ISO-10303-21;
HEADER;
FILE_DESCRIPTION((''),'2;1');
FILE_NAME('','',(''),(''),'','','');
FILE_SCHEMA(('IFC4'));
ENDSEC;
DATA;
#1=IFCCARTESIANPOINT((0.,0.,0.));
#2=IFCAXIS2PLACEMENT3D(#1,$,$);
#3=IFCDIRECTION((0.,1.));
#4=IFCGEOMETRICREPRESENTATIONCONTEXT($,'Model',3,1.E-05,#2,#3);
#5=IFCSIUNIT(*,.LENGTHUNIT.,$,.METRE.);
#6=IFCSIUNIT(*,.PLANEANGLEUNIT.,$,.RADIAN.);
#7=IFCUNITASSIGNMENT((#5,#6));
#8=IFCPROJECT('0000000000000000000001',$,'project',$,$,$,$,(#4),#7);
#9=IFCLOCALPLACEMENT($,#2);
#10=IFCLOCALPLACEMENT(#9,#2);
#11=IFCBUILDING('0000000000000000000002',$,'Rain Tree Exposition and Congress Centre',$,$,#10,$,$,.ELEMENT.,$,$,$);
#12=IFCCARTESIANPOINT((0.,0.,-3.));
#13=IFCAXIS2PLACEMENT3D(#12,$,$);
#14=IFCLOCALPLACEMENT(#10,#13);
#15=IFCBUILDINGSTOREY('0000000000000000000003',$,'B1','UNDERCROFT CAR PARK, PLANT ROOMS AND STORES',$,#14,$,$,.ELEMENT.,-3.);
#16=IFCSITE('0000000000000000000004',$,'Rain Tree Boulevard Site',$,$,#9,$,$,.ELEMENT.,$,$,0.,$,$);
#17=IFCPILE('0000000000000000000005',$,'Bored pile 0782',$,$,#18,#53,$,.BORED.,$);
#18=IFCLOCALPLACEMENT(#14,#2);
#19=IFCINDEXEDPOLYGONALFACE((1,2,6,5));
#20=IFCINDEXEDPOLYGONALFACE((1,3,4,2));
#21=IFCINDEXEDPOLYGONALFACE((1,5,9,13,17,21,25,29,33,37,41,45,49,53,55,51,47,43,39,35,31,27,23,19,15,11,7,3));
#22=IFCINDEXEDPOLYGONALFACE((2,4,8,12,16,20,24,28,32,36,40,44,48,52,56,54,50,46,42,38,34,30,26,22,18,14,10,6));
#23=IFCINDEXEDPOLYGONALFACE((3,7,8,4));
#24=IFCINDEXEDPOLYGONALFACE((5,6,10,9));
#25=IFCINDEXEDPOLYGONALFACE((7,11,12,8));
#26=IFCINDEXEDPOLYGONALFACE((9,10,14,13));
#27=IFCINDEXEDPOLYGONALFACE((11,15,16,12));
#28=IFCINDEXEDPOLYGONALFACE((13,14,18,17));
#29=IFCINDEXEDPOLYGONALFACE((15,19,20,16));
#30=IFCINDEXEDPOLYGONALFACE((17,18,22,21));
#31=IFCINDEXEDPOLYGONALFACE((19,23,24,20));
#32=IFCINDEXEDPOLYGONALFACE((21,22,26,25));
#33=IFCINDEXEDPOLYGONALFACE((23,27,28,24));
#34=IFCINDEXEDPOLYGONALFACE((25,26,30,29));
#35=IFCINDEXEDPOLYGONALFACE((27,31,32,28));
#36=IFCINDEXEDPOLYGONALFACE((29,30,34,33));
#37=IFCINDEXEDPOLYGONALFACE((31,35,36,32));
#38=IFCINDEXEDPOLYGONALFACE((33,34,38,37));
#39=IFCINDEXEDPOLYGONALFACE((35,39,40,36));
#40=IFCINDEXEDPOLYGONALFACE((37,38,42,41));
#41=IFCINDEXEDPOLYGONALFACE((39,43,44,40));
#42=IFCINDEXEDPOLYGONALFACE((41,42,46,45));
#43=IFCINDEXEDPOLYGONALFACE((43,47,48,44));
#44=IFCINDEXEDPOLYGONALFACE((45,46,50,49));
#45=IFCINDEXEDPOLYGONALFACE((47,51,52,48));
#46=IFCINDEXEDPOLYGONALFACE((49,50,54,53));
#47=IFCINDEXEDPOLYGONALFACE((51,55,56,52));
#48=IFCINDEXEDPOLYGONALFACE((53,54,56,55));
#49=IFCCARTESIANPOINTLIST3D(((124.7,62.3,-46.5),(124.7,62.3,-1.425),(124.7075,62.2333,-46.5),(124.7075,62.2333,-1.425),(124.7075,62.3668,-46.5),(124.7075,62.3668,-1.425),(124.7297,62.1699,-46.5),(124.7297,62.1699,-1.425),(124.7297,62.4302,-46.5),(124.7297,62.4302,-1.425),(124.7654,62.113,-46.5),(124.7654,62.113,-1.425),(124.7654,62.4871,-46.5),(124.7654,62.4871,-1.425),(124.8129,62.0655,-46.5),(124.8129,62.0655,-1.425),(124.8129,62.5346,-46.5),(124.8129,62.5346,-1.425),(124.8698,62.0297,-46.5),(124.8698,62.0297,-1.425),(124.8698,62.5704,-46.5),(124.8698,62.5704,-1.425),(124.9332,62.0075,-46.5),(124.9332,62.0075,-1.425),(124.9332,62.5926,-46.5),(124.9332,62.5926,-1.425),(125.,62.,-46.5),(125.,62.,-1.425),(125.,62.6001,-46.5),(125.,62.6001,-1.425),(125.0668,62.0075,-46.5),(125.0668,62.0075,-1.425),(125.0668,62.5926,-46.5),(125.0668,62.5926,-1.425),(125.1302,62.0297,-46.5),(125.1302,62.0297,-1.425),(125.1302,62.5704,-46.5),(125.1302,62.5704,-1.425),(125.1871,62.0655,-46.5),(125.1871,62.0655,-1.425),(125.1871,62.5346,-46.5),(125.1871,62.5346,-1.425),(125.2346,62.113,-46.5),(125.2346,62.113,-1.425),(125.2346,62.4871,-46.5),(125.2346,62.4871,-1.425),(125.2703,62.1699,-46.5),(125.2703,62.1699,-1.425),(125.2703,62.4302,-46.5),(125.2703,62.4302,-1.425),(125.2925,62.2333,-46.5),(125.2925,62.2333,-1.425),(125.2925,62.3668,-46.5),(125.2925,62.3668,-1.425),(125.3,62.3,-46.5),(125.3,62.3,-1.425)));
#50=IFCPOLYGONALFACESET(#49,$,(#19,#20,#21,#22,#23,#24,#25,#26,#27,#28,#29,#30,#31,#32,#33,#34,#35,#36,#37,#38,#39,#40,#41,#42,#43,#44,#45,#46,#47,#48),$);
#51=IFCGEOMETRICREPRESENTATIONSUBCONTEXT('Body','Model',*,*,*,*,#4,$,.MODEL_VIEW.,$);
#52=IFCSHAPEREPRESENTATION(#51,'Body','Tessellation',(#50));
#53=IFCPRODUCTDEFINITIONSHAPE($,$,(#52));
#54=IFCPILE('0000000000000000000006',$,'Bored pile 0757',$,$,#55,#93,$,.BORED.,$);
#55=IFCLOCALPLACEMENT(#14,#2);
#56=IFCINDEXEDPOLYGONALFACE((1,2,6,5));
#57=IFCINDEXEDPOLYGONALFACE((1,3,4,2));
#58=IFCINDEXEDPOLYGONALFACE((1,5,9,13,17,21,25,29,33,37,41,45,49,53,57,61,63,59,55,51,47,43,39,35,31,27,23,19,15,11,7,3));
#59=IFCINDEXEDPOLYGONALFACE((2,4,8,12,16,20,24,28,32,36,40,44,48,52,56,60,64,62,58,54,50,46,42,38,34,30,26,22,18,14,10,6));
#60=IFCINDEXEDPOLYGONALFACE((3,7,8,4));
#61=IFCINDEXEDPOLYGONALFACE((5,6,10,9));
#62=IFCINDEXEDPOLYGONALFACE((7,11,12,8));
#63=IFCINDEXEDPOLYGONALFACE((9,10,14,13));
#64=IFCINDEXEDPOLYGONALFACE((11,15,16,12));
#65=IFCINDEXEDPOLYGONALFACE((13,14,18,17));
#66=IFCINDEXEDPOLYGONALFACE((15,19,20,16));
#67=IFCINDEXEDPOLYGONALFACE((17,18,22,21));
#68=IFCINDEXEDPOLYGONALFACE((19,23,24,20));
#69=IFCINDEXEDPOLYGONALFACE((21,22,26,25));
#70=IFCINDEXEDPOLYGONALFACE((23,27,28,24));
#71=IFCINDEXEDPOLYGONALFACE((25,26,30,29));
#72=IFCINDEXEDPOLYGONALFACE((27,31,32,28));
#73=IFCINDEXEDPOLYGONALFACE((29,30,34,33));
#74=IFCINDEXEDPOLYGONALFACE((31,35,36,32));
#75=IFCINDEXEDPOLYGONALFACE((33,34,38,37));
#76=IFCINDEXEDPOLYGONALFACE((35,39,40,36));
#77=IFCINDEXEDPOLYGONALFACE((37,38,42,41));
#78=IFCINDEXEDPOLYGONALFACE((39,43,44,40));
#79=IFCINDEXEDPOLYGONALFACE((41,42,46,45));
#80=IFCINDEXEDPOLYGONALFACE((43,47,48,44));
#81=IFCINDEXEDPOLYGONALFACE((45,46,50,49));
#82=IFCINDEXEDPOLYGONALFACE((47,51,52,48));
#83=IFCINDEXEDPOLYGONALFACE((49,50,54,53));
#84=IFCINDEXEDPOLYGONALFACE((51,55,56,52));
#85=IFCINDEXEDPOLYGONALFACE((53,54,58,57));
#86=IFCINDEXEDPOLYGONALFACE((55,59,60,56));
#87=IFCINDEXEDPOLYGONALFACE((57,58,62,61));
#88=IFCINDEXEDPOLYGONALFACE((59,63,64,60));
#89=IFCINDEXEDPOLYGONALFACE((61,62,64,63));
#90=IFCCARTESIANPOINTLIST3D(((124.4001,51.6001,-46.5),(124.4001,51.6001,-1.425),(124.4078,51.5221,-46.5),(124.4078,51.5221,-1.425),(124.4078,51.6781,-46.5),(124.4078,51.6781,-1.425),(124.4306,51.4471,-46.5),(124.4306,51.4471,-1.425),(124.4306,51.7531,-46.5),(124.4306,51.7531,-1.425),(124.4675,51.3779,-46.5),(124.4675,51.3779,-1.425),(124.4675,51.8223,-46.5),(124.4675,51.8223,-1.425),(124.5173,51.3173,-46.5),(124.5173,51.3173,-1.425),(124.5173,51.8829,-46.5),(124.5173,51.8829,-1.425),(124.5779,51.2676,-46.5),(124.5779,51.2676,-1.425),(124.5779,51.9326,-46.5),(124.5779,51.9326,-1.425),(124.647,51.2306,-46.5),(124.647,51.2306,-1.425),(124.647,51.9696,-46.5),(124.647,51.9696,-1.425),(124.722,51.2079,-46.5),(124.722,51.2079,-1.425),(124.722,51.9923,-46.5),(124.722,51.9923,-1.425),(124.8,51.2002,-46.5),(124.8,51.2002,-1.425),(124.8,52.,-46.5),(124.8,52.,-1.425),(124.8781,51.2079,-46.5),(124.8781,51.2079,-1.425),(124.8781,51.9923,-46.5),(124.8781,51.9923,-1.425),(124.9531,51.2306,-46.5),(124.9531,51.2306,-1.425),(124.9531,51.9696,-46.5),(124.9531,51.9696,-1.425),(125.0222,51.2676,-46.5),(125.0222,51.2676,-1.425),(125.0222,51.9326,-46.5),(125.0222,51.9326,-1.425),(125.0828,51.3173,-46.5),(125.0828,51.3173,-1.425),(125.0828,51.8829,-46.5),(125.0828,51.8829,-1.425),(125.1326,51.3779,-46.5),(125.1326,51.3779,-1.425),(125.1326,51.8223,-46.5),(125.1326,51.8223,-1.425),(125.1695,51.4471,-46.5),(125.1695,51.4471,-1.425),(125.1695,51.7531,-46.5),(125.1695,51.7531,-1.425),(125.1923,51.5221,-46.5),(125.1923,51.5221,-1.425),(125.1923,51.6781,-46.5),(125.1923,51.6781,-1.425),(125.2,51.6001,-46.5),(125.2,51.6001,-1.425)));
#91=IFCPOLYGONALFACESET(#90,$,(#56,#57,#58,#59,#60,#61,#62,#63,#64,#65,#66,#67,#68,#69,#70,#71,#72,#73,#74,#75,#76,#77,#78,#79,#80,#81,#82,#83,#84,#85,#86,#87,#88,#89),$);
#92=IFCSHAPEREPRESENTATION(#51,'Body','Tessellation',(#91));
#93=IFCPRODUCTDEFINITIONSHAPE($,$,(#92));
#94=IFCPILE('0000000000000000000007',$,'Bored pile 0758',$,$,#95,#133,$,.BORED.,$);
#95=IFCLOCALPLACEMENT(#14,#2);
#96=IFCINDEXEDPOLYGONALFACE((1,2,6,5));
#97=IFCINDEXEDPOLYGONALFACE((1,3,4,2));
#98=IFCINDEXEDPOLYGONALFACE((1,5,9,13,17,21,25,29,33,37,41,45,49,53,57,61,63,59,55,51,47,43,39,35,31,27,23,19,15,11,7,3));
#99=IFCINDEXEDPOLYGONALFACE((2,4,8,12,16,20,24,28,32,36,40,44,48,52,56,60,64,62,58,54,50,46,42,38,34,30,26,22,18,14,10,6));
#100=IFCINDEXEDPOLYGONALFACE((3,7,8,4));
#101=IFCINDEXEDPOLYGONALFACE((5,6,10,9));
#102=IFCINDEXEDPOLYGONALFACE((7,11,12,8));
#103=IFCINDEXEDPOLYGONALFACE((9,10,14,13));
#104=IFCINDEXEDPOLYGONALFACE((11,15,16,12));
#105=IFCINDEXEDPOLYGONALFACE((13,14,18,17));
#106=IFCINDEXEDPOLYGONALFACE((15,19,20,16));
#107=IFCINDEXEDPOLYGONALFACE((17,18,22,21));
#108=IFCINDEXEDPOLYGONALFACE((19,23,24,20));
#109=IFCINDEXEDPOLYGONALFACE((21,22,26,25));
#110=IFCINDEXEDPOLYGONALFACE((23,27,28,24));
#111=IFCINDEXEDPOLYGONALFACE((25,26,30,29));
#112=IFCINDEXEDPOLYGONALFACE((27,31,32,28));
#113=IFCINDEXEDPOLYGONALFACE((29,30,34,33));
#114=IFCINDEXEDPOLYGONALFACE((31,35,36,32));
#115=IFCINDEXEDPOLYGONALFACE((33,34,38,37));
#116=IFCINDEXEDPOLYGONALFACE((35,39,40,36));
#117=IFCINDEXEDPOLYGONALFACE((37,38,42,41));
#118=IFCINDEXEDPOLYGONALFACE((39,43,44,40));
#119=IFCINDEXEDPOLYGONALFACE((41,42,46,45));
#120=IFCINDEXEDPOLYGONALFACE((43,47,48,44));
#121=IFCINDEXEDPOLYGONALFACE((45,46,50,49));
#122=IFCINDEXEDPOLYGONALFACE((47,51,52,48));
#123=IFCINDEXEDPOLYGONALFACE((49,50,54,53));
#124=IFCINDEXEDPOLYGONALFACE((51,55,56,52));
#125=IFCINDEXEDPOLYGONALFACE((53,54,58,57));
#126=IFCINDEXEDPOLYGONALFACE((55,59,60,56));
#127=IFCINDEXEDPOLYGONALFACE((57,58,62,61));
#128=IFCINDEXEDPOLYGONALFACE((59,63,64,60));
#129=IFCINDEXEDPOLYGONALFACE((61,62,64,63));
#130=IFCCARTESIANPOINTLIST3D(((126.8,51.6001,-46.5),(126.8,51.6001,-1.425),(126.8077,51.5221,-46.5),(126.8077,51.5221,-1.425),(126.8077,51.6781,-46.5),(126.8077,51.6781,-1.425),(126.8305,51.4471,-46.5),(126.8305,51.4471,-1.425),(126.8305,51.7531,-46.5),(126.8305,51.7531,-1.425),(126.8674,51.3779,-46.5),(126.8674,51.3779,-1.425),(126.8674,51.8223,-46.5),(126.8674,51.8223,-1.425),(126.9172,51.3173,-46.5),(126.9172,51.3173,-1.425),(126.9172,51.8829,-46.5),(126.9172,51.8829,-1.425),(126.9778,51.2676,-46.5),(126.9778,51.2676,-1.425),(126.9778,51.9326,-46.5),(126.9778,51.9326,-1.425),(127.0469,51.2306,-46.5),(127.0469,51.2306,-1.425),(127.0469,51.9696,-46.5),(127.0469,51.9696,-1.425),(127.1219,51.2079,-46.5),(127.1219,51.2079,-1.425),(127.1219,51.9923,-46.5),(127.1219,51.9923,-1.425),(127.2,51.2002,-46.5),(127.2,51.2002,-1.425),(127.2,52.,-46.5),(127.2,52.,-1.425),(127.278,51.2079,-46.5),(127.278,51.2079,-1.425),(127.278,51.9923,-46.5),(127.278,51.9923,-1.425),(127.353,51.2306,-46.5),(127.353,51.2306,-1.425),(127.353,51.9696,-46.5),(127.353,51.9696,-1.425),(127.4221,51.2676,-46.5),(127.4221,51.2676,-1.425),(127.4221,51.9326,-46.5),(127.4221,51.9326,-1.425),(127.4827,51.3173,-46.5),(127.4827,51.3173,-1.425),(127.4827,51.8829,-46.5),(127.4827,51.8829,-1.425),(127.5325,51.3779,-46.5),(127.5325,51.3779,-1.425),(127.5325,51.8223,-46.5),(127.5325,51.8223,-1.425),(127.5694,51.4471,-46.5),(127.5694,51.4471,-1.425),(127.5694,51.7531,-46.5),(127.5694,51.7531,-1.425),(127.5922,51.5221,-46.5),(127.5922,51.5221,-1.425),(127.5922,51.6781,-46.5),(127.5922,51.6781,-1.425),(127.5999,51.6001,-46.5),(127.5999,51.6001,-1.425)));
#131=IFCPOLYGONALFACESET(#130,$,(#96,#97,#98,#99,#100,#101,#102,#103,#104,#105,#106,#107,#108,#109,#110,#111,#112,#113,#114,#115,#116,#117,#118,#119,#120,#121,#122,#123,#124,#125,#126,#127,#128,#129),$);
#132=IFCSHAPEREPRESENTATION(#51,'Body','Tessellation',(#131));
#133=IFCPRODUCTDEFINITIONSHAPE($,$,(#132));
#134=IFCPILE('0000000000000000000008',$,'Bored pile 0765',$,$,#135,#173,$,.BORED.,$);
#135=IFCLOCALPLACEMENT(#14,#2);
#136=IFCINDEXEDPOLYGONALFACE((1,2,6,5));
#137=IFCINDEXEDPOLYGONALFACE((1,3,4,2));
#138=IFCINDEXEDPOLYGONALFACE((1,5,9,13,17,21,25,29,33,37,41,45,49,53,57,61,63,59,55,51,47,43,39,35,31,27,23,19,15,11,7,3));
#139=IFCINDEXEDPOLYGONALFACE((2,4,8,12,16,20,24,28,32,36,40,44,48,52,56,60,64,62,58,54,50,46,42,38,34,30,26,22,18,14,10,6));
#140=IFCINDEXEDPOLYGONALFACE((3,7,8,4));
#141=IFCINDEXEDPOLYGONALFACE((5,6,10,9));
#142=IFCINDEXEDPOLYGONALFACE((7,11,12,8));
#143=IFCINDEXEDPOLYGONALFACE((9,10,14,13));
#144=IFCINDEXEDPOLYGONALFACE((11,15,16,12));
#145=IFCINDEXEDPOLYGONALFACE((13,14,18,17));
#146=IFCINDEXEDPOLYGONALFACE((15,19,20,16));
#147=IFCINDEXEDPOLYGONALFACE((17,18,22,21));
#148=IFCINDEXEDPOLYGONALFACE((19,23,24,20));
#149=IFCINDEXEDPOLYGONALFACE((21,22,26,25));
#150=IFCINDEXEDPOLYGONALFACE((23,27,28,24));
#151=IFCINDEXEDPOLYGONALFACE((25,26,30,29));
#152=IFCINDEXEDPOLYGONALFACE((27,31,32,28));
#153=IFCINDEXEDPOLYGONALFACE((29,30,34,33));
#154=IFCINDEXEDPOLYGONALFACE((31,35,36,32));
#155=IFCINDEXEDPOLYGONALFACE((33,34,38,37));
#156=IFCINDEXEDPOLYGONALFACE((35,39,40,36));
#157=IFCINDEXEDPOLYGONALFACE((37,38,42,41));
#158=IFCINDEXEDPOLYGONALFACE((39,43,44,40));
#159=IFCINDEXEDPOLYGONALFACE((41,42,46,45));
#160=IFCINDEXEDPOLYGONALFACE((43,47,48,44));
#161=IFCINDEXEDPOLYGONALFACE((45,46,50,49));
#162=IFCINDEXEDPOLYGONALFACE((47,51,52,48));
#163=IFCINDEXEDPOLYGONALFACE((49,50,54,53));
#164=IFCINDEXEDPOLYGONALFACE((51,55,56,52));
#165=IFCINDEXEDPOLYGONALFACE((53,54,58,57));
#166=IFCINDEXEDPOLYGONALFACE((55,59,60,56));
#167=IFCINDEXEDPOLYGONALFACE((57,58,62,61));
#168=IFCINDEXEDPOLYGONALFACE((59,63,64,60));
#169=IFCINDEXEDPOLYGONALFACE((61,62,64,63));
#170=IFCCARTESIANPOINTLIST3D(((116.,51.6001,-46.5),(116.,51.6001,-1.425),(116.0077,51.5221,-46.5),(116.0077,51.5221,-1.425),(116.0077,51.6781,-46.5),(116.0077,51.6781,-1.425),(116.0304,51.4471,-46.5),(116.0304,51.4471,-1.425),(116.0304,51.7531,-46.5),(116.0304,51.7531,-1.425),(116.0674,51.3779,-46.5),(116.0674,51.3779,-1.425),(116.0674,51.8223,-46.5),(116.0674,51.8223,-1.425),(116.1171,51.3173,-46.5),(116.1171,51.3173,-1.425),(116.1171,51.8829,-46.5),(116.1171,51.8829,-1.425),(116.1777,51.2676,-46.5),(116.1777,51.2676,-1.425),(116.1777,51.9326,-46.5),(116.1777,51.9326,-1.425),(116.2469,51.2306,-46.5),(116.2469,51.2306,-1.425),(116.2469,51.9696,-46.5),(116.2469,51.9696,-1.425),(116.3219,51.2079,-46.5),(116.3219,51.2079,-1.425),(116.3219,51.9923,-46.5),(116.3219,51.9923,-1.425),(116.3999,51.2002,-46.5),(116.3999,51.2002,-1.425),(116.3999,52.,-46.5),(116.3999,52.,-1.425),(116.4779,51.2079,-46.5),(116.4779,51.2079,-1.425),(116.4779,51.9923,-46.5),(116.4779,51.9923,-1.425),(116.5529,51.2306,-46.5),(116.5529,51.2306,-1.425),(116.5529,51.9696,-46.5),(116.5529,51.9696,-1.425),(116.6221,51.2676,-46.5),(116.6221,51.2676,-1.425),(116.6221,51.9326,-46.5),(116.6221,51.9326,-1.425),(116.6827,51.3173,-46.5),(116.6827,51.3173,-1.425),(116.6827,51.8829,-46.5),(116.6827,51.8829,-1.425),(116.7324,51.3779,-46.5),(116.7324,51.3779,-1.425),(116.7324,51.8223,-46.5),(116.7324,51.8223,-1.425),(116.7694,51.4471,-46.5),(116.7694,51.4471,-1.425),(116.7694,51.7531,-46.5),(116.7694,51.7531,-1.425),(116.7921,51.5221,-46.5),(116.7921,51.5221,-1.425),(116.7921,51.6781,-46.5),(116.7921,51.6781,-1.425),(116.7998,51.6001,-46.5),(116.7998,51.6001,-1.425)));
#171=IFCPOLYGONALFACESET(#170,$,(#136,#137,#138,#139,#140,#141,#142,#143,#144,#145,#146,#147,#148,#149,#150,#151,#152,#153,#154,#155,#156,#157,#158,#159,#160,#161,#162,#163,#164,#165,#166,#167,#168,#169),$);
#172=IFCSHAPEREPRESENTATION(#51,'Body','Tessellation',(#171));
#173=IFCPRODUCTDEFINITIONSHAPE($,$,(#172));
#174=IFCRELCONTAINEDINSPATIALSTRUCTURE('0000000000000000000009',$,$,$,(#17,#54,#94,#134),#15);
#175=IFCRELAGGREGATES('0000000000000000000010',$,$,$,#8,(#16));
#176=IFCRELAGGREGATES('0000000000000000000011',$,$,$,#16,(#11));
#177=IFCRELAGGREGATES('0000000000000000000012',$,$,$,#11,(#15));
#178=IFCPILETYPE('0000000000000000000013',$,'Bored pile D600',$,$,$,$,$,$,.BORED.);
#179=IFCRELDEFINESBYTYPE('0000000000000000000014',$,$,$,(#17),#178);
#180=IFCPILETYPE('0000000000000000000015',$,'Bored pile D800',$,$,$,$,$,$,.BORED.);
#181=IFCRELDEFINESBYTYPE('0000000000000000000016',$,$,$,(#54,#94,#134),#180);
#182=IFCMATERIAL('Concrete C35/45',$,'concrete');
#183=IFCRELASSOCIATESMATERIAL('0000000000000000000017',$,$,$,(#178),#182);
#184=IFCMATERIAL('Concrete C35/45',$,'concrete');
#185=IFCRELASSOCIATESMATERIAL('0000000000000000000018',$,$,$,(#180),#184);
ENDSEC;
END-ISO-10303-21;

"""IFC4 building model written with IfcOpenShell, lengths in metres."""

from ifc_helpers import new_model, si_unit, direction, frame, origin, origin_2d, place, context, subcontext, project, spatial, circle, extrude, material, material_profile, profile_set, type_object, element, save


model = new_model("IFC4")

# Units and contexts
model_context = context("Model", 3, precision=1e-05, world=origin(), true_north=direction((0.0, 1.0)))
body_context = subcontext(model_context, "Body", "Model", "MODEL_VIEW")
ifc_project = project(units=[si_unit("LENGTHUNIT", "METRE"), si_unit("PLANEANGLEUNIT", "RADIAN")], contexts=[model_context])

# Site, building, storey
site_placement = place(None, origin())
site = spatial("IfcSite", under=ifc_project, at=site_placement, Name="Rain Tree Boulevard Site", CompositionType="ELEMENT", RefElevation=0.0)
building_placement = place(site_placement, origin())
building = spatial("IfcBuilding", under=site, at=building_placement, Name="Rain Tree Exposition and Congress Centre", CompositionType="ELEMENT")
storey_placement = place(building_placement, frame((0.0, 0.0, -3.0)))
storey = spatial("IfcBuildingStorey", under=building, at=storey_placement, Name="B1", Description="UNDERCROFT CAR PARK, PLANT ROOMS AND STORES", CompositionType="ELEMENT", Elevation=-3.0)

# Piles
ifc_material_1 = material(Name="Concrete C35/45", Category="concrete")
ifc_material_profile_1 = material_profile(ifc_material_1, circle(Radius=0.3, at=origin_2d()), Name="D600")
ifc_profile_set_1 = profile_set([ifc_material_profile_1], Name="Concrete C35/45")
pile_type_1 = type_object("IfcPileType", Name="Bored pile D600", PredefinedType="BORED", material=ifc_profile_set_1)
for number, where, z_axis, x_axis, name in (
    (1, (125.0, 62.3, -1.425), (0.0, 0.0, -1.0), (1.0, 0.0, 0.0), "Bored pile 0782"),
):
    element("IfcPile", number, at=place(storey_placement, frame(where, z_axis=z_axis, x_axis=x_axis)), inside=storey, type_object=pile_type_1, Name=name, PredefinedType="BORED", context=body_context, shape_type="SweptSolid", body=[
        extrude(circle(Radius=0.3, at=origin_2d()), origin(), (0.0, 0.0, 1.0), 45.075),
    ])
ifc_material_2 = material(Name="Concrete C35/45", Category="concrete")
ifc_material_profile_2 = material_profile(ifc_material_2, circle(Radius=0.3999, at=origin_2d()), Name="D800")
ifc_profile_set_2 = profile_set([ifc_material_profile_2], Name="Concrete C35/45")
pile_type_2 = type_object("IfcPileType", Name="Bored pile D800", PredefinedType="BORED", material=ifc_profile_set_2)
for number, where, z_axis, x_axis, name in (
    (2, (124.8, 51.6001, -1.425), (0.0, 0.0, -1.0), (1.0, 0.0, 0.0), "Bored pile 0757"),
    (3, (127.2, 51.6001, -1.425), (0.0, 0.0, -1.0), (1.0, 0.0, 0.0), "Bored pile 0758"),
    (4, (116.3999, 51.6001, -1.425), (0.0, 0.0, -1.0), (1.0, 0.0, 0.0), "Bored pile 0765"),
):
    element("IfcPile", number, at=place(storey_placement, frame(where, z_axis=z_axis, x_axis=x_axis)), inside=storey, type_object=pile_type_2, Name=name, PredefinedType="BORED", context=body_context, shape_type="SweptSolid", body=[
        extrude(circle(Radius=0.3999, at=origin_2d()), origin(), (0.0, 0.0, 1.0), 45.075),
    ])

save(model, "model.ifc")
